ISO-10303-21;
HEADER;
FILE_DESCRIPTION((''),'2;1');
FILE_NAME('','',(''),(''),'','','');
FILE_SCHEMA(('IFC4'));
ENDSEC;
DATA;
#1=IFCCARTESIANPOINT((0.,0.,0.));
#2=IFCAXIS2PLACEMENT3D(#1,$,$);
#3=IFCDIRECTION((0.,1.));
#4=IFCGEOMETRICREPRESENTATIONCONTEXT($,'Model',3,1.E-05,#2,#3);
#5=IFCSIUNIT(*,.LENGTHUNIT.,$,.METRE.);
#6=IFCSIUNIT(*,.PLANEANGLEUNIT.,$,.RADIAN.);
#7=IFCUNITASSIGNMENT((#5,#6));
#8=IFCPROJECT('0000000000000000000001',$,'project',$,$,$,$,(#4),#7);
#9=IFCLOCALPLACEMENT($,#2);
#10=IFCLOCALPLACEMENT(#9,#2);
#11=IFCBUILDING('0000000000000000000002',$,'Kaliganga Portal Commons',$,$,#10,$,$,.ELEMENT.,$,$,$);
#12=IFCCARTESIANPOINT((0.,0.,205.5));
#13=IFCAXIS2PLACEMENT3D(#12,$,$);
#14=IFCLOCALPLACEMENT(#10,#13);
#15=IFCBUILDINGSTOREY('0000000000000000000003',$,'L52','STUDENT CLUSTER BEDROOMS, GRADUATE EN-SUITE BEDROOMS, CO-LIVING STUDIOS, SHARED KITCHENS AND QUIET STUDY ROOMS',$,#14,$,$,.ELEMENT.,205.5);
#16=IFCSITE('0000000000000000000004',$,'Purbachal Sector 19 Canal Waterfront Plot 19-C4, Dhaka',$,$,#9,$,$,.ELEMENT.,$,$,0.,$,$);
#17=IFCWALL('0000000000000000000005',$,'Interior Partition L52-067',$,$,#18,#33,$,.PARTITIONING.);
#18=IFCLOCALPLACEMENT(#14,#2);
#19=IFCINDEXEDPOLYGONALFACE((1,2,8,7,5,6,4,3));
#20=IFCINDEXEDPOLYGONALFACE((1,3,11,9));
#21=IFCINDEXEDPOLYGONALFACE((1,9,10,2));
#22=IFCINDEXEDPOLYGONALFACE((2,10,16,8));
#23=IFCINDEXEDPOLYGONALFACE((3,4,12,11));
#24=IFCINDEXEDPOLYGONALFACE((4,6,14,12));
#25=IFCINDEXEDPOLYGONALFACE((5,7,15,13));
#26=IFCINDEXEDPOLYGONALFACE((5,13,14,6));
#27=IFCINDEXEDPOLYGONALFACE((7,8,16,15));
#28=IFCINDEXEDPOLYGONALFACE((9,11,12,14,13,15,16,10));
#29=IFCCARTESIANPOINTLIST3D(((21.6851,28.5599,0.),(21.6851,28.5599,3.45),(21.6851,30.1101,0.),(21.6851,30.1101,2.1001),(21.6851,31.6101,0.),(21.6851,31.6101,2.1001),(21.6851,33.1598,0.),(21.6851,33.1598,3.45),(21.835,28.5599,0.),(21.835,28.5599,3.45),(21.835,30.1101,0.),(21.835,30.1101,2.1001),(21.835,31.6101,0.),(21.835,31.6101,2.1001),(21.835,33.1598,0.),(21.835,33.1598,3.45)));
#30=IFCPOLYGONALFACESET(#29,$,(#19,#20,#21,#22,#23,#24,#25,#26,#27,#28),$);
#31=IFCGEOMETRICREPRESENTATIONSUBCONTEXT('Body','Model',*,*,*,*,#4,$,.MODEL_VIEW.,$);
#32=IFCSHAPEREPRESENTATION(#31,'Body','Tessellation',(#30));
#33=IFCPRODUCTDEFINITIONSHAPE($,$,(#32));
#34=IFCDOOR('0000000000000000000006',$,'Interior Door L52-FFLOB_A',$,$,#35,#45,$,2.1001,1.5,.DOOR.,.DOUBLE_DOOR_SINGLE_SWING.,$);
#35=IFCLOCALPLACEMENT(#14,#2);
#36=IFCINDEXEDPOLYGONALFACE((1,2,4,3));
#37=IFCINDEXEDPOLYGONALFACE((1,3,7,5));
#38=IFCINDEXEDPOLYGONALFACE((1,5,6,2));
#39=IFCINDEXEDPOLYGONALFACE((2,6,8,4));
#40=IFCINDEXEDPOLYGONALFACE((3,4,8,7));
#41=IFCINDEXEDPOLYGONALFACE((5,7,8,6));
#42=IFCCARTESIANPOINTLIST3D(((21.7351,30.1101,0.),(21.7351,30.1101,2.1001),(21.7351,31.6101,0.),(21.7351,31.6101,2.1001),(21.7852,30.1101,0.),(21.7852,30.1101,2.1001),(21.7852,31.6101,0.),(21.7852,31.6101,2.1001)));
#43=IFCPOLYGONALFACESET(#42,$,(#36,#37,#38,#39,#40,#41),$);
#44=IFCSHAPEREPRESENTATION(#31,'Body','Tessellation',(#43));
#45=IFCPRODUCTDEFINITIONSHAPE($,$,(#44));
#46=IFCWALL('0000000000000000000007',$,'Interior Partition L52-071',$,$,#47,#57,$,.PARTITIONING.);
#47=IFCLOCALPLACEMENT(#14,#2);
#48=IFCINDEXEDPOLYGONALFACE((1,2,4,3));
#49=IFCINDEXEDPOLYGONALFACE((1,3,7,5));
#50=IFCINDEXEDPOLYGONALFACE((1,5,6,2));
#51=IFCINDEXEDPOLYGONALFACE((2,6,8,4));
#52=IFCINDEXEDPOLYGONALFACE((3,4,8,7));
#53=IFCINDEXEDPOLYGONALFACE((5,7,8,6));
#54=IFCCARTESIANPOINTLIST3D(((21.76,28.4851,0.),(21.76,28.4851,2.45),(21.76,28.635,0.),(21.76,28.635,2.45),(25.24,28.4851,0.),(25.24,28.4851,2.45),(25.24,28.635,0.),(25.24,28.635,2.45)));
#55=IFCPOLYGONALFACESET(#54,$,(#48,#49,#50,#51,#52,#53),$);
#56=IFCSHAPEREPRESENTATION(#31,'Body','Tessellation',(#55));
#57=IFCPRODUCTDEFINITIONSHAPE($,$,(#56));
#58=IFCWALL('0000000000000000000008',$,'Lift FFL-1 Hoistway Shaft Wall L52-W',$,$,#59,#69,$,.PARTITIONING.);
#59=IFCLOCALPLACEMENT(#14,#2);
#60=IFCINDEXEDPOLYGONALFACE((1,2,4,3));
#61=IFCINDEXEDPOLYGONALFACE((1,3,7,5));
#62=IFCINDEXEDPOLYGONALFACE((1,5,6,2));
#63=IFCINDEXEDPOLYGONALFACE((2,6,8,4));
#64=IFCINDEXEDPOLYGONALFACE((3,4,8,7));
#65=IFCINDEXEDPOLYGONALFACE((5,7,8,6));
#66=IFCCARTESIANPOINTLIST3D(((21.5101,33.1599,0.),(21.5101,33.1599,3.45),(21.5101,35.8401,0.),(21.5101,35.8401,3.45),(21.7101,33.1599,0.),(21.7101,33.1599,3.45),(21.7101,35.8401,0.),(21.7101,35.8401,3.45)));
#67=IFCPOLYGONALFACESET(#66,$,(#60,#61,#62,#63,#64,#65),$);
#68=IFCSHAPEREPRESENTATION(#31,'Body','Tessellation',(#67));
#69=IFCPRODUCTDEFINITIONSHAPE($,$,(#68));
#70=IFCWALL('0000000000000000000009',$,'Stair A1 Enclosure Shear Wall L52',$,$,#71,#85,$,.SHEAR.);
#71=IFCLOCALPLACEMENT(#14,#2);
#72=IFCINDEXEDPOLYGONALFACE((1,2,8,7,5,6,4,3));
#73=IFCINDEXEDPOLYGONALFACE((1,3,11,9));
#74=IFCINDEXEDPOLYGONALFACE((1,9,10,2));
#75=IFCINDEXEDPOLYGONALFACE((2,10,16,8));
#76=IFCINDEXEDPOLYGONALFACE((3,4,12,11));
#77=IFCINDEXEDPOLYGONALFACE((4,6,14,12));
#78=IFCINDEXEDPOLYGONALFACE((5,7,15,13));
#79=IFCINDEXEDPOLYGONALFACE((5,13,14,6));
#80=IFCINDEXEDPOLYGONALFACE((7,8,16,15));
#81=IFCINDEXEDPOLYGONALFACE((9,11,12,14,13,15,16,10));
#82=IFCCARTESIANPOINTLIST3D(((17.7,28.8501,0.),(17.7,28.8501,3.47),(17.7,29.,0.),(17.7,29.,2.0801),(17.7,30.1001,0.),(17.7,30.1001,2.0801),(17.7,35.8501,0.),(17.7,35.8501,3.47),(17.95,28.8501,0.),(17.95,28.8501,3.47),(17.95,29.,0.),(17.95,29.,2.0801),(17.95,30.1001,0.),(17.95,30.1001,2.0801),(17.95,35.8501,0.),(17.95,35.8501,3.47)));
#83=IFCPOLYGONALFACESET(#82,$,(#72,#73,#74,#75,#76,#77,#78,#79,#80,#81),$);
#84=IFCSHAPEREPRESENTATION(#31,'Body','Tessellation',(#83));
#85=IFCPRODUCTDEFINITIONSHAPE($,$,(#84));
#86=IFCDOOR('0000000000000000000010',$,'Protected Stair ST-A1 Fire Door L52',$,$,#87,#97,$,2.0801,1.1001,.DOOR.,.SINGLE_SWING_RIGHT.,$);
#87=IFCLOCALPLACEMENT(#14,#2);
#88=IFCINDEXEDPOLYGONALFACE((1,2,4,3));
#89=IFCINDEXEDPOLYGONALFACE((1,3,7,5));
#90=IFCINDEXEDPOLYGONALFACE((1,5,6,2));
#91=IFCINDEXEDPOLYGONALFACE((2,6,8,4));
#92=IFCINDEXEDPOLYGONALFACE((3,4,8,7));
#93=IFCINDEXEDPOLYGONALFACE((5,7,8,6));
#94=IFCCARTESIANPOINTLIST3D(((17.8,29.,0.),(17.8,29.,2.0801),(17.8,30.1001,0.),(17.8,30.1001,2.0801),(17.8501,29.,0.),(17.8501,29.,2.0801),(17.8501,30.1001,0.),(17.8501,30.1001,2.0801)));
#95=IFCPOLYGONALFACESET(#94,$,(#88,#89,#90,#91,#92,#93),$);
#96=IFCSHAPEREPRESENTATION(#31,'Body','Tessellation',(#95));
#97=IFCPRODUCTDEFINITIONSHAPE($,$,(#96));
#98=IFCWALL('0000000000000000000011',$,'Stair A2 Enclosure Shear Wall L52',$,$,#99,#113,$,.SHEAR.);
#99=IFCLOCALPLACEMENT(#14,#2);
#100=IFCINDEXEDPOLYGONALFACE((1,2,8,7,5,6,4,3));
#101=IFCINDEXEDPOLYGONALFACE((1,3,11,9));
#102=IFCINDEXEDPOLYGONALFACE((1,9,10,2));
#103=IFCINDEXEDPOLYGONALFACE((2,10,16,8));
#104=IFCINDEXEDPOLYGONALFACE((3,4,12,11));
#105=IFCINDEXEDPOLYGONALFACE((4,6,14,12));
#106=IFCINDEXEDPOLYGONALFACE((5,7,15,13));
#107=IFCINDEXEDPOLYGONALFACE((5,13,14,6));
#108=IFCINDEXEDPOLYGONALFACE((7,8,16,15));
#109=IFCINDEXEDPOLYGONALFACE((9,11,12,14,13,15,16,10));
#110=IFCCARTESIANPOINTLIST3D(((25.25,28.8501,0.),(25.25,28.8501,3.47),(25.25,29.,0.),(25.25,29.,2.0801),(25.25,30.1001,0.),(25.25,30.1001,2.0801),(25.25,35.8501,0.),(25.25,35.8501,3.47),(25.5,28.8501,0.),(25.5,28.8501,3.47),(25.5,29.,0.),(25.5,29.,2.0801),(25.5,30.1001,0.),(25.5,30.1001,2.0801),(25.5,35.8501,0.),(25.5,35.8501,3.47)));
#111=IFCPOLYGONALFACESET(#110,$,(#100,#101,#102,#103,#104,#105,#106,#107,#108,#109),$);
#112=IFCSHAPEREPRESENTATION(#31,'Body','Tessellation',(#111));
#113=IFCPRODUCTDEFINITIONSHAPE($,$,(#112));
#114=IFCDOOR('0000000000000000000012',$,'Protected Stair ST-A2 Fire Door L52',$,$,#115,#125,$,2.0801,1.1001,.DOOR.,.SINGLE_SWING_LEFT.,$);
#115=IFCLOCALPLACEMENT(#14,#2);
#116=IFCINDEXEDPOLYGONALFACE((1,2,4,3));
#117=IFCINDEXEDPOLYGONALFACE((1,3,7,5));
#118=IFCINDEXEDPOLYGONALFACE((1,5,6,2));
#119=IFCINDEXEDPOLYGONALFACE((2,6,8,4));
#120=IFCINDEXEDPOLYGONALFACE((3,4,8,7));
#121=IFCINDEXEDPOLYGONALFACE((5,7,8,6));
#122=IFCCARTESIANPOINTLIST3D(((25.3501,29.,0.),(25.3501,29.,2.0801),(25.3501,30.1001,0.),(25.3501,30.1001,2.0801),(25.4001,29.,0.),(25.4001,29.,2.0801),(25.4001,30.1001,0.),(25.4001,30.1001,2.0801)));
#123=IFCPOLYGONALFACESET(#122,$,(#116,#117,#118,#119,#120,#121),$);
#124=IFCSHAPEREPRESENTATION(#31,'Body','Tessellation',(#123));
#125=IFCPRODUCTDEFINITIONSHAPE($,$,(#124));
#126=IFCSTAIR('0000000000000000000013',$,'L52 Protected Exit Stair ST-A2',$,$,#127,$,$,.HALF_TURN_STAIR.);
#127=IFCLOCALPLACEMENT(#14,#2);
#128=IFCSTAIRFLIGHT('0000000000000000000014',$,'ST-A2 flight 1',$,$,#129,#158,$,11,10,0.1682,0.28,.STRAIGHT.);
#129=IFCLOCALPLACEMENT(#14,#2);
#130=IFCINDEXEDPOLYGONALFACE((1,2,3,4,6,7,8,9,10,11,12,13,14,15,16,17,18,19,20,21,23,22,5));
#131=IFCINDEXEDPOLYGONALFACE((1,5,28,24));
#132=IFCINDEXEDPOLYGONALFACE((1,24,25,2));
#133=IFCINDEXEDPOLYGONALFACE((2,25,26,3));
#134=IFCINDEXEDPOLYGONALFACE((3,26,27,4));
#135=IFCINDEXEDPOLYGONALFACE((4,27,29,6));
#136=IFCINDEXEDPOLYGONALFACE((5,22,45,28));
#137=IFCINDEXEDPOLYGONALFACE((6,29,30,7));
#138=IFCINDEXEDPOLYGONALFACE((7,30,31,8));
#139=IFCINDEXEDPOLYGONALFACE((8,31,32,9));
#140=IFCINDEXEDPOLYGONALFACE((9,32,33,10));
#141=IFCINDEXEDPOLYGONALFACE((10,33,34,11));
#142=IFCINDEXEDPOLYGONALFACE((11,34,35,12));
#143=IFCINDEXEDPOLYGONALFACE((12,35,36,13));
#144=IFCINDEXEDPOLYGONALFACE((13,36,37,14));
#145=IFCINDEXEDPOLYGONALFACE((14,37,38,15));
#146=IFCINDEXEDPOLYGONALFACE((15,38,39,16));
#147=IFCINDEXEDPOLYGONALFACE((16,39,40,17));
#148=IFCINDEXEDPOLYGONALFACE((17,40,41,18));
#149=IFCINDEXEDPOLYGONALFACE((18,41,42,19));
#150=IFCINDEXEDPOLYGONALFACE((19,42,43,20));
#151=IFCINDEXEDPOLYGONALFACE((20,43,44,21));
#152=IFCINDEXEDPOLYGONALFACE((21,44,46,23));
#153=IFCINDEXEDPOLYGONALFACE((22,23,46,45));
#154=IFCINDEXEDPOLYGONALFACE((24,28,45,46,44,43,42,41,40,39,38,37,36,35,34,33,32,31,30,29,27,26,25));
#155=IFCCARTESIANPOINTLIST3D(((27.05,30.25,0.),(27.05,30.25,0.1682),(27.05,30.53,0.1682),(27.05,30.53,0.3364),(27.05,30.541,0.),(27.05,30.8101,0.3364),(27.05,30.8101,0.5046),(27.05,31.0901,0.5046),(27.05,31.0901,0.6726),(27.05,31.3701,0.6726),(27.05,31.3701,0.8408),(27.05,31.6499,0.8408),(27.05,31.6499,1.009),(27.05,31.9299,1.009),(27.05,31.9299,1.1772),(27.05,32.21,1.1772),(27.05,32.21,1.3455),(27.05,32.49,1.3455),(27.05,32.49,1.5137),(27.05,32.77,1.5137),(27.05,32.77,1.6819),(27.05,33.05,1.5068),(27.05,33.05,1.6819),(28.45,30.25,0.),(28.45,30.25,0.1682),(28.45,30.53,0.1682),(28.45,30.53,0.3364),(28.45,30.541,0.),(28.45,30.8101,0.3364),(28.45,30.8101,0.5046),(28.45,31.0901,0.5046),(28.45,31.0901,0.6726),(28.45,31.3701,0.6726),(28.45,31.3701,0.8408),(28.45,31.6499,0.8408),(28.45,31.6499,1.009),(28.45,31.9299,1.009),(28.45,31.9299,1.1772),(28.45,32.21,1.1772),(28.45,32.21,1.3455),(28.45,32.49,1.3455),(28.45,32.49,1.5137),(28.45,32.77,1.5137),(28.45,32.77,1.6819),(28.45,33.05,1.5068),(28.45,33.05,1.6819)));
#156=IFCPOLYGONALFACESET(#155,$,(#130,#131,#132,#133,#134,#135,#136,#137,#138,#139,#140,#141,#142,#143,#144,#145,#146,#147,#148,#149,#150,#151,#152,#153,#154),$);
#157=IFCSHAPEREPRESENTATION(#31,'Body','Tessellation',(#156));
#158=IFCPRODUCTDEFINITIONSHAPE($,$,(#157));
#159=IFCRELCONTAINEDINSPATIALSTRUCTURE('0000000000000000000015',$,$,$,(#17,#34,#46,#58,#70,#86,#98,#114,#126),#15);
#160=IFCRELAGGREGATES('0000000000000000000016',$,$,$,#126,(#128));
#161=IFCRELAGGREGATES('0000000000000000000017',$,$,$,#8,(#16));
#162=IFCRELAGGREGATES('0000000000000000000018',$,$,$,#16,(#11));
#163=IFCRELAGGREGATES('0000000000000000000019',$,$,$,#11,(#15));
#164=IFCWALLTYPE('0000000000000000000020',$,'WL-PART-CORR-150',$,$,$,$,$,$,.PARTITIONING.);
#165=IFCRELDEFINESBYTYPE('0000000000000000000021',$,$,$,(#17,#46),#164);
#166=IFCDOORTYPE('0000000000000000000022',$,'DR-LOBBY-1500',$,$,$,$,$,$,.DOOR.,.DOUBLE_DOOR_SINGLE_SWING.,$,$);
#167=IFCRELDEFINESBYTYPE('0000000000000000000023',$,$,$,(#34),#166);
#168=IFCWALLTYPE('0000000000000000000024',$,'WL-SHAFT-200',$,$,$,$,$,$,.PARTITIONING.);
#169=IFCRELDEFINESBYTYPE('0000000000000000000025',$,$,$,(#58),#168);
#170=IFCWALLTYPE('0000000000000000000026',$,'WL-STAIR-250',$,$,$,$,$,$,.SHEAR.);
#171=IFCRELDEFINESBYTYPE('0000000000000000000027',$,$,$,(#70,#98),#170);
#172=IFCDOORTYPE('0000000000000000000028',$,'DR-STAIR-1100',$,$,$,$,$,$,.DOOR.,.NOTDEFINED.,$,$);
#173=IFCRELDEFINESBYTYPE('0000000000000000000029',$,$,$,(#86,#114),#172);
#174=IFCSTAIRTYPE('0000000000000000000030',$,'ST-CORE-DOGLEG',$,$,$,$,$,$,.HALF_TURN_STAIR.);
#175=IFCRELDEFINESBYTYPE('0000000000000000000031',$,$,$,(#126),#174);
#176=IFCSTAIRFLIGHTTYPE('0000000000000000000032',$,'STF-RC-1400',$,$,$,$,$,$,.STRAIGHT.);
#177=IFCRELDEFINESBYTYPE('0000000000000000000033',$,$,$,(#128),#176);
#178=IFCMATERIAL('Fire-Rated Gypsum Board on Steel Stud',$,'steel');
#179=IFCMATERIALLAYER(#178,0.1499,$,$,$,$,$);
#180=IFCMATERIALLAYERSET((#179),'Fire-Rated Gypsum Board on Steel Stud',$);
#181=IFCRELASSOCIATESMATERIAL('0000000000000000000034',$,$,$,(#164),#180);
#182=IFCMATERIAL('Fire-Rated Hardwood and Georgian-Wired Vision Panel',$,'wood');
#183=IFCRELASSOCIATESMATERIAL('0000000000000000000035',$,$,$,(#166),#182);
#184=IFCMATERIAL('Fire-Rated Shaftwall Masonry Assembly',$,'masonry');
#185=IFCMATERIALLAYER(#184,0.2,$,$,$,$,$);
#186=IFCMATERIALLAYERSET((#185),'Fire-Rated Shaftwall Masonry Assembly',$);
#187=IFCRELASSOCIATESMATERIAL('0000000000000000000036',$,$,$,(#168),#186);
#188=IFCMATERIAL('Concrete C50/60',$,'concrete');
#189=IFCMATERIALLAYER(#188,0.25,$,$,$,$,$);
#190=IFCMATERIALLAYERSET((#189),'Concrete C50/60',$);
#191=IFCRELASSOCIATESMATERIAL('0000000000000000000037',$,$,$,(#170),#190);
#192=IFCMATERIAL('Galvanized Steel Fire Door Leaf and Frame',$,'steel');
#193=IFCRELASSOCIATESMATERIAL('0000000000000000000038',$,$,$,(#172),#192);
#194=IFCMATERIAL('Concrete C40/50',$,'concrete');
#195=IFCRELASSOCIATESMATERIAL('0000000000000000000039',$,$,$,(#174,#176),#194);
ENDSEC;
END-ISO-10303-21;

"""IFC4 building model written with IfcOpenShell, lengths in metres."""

from ifc_helpers import new_model, si_unit, direction, frame, frame_2d, origin, place, context, subcontext, project, spatial, polyline, rectangle, outline, extrude, material, layer, layer_set, type_object, element, fill, aggregate, save


model = new_model("IFC4")

# Units and contexts
model_context = context("Model", 3, precision=1e-05, world=origin(), true_north=direction((0.0, 1.0)))
body_context = subcontext(model_context, "Body", "Model", "MODEL_VIEW")
ifc_project = project(units=[si_unit("LENGTHUNIT", "METRE"), si_unit("PLANEANGLEUNIT", "RADIAN")], contexts=[model_context])

# Site, building, storey
site_placement = place(None, origin())
site = spatial("IfcSite", under=ifc_project, at=site_placement, Name="Purbachal Sector 19 Canal Waterfront Plot 19-C4, Dhaka", CompositionType="ELEMENT", RefElevation=0.0)
building_placement = place(site_placement, origin())
building = spatial("IfcBuilding", under=site, at=building_placement, Name="Kaliganga Portal Commons", CompositionType="ELEMENT")
storey_placement = place(building_placement, frame((0.0, 0.0, 205.5)))
storey = spatial("IfcBuildingStorey", under=building, at=storey_placement, Name="L52", Description="STUDENT CLUSTER BEDROOMS, GRADUATE EN-SUITE BEDROOMS, CO-LIVING STUDIOS, SHARED KITCHENS AND QUIET STUDY ROOMS", CompositionType="ELEMENT", Elevation=205.5)

# Shared definitions
ifc_material_1 = material(Name="Concrete C50/60", Category="concrete")

# Shared definitions
ifc_material_2 = material(Name="Fire-Rated Gypsum Board on Steel Stud", Category="steel")
ifc_layer_1 = layer(ifc_material_2, 0.1499)
ifc_layer_set_1 = layer_set([ifc_layer_1], Name="Fire-Rated Gypsum Board on Steel Stud")
wall_type_1 = type_object("IfcWallType", Name="WL-PART-CORR-150", PredefinedType="PARTITIONING", material=ifc_layer_set_1)

# Wall, opening, door
wall_1_placement = place(storey_placement, frame((21.76, 28.5601, 0.0), z_axis=(0.0, 0.0, 1.0), x_axis=(0.0, 1.0, 0.0)))
wall_1 = element("IfcWall", 1, at=wall_1_placement, inside=storey, type_object=wall_type_1, Name="Interior Partition L52-067", PredefinedType="PARTITIONING", context=body_context, shape_type="SweptSolid", body=[
    extrude(rectangle(XDim=4.5999, YDim=0.1499, at=frame_2d((2.2998, 0.0))), origin(), (0.0, 0.0, 1.0), 3.45),
])
opening_1_placement = place(wall_1_placement, frame((1.55, 0.0, 0.0)))
opening_1 = element("IfcOpeningElement", 2, at=opening_1_placement, cuts=wall_1, PredefinedType="OPENING", context=body_context, shape_type="SweptSolid", body=[
    extrude(rectangle(XDim=1.5, YDim=2.1001, at=frame_2d((0.75, 1.05))), frame((0.0, 0.085, 0.0), z_axis=(0.0, -1.0, 0.0), x_axis=(1.0, 0.0, 0.0)), (0.0, 0.0, 1.0), 0.1699),
])
ifc_material_3 = material(Name="Fire-Rated Hardwood and Georgian-Wired Vision Panel", Category="wood")
door_type_1 = type_object("IfcDoorType", Name="DR-LOBBY-1500", OperationType="DOUBLE_DOOR_SINGLE_SWING", PredefinedType="DOOR", material=ifc_material_3)
door_1_placement = place(opening_1_placement, origin())
door_1 = element("IfcDoor", 3, at=door_1_placement, inside=storey, type_object=door_type_1, Name="Interior Door L52-FFLOB_A", OperationType="DOUBLE_DOOR_SINGLE_SWING", OverallHeight=2.1001, OverallWidth=1.5, PredefinedType="DOOR", context=body_context, shape_type="SweptSolid", body=[
    extrude(rectangle(XDim=1.5, YDim=2.1001, at=frame_2d((0.75, 1.05))), frame((0.0, 0.0249, 0.0), z_axis=(0.0, -1.0, 0.0), x_axis=(1.0, 0.0, 0.0)), (0.0, 0.0, 1.0), 0.05),
])
fill(opening_1, door_1)

# Walls
wall_2_placement = place(storey_placement, frame((21.76, 28.5601, 0.0), z_axis=(0.0, 0.0, 1.0), x_axis=(1.0, 0.0, 0.0)))
element("IfcWall", 4, at=wall_2_placement, inside=storey, type_object=wall_type_1, Name="Interior Partition L52-071", PredefinedType="PARTITIONING", context=body_context, shape_type="SweptSolid", body=[
    extrude(rectangle(XDim=3.48, YDim=0.1499, at=frame_2d((1.74, 0.0))), origin(), (0.0, 0.0, 1.0), 2.45),
])
ifc_material_4 = material(Name="Fire-Rated Shaftwall Masonry Assembly", Category="masonry")
ifc_layer_2 = layer(ifc_material_4, 0.2)
ifc_layer_set_2 = layer_set([ifc_layer_2], Name="Fire-Rated Shaftwall Masonry Assembly")
wall_type_2 = type_object("IfcWallType", Name="WL-SHAFT-200", PredefinedType="PARTITIONING", material=ifc_layer_set_2)
wall_3_placement = place(storey_placement, frame((21.6101, 33.1599, 0.0), z_axis=(0.0, 0.0, 1.0), x_axis=(0.0, 1.0, 0.0)))
element("IfcWall", 5, at=wall_3_placement, inside=storey, type_object=wall_type_2, Name="Lift FFL-1 Hoistway Shaft Wall L52-W", PredefinedType="PARTITIONING", context=body_context, shape_type="SweptSolid", body=[
    extrude(rectangle(XDim=2.6802, YDim=0.2, at=frame_2d((1.3401, 0.0))), origin(), (0.0, 0.0, 1.0), 3.45),
])

# Walls, openings, doors
ifc_layer_3 = layer(ifc_material_1, 0.25)
ifc_layer_set_3 = layer_set([ifc_layer_3], Name="Concrete C50/60")
wall_type_3 = type_object("IfcWallType", Name="WL-STAIR-250", PredefinedType="SHEAR", material=ifc_layer_set_3)
wall_4_placement = place(storey_placement, frame((17.825, 28.8501, 0.0), z_axis=(0.0, 0.0, 1.0), x_axis=(0.0, 1.0, 0.0)))
wall_4 = element("IfcWall", 6, at=wall_4_placement, inside=storey, type_object=wall_type_3, Name="Stair A1 Enclosure Shear Wall L52", PredefinedType="SHEAR", context=body_context, shape_type="SweptSolid", body=[
    extrude(rectangle(XDim=7.0, YDim=0.25, at=frame_2d((3.5, 0.0))), origin(), (0.0, 0.0, 1.0), 3.47),
])
opening_2_placement = place(wall_4_placement, frame((0.1499, 0.0, 0.0)))
opening_2 = element("IfcOpeningElement", 7, at=opening_2_placement, cuts=wall_4, PredefinedType="OPENING", context=body_context, shape_type="SweptSolid", body=[
    extrude(rectangle(XDim=1.1001, YDim=2.0801, at=frame_2d((0.55, 1.04))), frame((0.0, 0.135, 0.0), z_axis=(0.0, -1.0, 0.0), x_axis=(1.0, 0.0, 0.0)), (0.0, 0.0, 1.0), 0.27),
])
ifc_material_5 = material(Name="Galvanized Steel Fire Door Leaf and Frame", Category="steel")
door_type_2 = type_object("IfcDoorType", Name="DR-STAIR-1100", OperationType="NOTDEFINED", PredefinedType="DOOR", material=ifc_material_5)
door_2_placement = place(opening_2_placement, origin())
door_2 = element("IfcDoor", 8, at=door_2_placement, inside=storey, type_object=door_type_2, Name="Protected Stair ST-A1 Fire Door L52", OperationType="SINGLE_SWING_RIGHT", OverallHeight=2.0801, OverallWidth=1.1001, PredefinedType="DOOR", context=body_context, shape_type="SweptSolid", body=[
    extrude(rectangle(XDim=1.1001, YDim=2.0801, at=frame_2d((0.55, 1.04))), frame((0.0, 0.0249, 0.0), z_axis=(0.0, -1.0, 0.0), x_axis=(1.0, 0.0, 0.0)), (0.0, 0.0, 1.0), 0.05),
])
fill(opening_2, door_2)
wall_5_placement = place(storey_placement, frame((25.375, 28.8501, 0.0), z_axis=(0.0, 0.0, 1.0), x_axis=(0.0, 1.0, 0.0)))
wall_5 = element("IfcWall", 9, at=wall_5_placement, inside=storey, type_object=wall_type_3, Name="Stair A2 Enclosure Shear Wall L52", PredefinedType="SHEAR", context=body_context, shape_type="SweptSolid", body=[
    extrude(rectangle(XDim=7.0, YDim=0.25, at=frame_2d((3.5, 0.0))), origin(), (0.0, 0.0, 1.0), 3.47),
])
opening_3_placement = place(wall_5_placement, frame((0.1499, 0.0, 0.0)))
opening_3 = element("IfcOpeningElement", 10, at=opening_3_placement, cuts=wall_5, PredefinedType="OPENING", context=body_context, shape_type="SweptSolid", body=[
    extrude(rectangle(XDim=1.1001, YDim=2.0801, at=frame_2d((0.55, 1.04))), frame((0.0, 0.135, 0.0), z_axis=(0.0, -1.0, 0.0), x_axis=(1.0, 0.0, 0.0)), (0.0, 0.0, 1.0), 0.27),
])
door_3_placement = place(opening_3_placement, origin())
door_3 = element("IfcDoor", 11, at=door_3_placement, inside=storey, type_object=door_type_2, Name="Protected Stair ST-A2 Fire Door L52", OperationType="SINGLE_SWING_LEFT", OverallHeight=2.0801, OverallWidth=1.1001, PredefinedType="DOOR", context=body_context, shape_type="SweptSolid", body=[
    extrude(rectangle(XDim=1.1001, YDim=2.0801, at=frame_2d((0.55, 1.04))), frame((0.0, 0.0249, 0.0), z_axis=(0.0, -1.0, 0.0), x_axis=(1.0, 0.0, 0.0)), (0.0, 0.0, 1.0), 0.05),
])
fill(opening_3, door_3)

# Stair, stair flight
ifc_material_6 = material(Name="Concrete C40/50", Category="concrete")
stair_type = type_object("IfcStairType", Name="ST-CORE-DOGLEG", PredefinedType="HALF_TURN_STAIR", material=ifc_material_6)
stair_placement = place(storey_placement, origin())
stair = element("IfcStair", 12, at=stair_placement, inside=storey, type_object=stair_type, Name="L52 Protected Exit Stair ST-A2", PredefinedType="HALF_TURN_STAIR")
stair_flight_type = type_object("IfcStairFlightType", Name="STF-RC-1400", PredefinedType="STRAIGHT", material=ifc_material_6)
stair_flight_1_placement = place(storey_placement, frame((27.75, 30.25, 0.0), z_axis=(0.0, 0.0, 1.0), x_axis=(0.0, 1.0, 0.0)))
stair_flight_1 = element("IfcStairFlight", 13, at=stair_flight_1_placement, type_object=stair_flight_type, Name="ST-A2 flight 1", NumberOfRisers=11, NumberOfTreads=10, PredefinedType="STRAIGHT", RiserHeight=0.1682, TreadLength=0.28, context=body_context, shape_type="SweptSolid", body=[
    extrude(outline(polyline([(0.0, 0.0), (0.0, 0.1682), (0.28, 0.1682), (0.28, 0.3364), (0.5601, 0.3364), (0.5601, 0.5046), (0.8401, 0.5046), (0.8401, 0.6726), (1.1201, 0.6726), (1.1201, 0.8408), (1.3999, 0.8408), (1.3999, 1.009), (1.6799, 1.009), (1.6799, 1.1772), (1.96, 1.1772), (1.96, 1.3455), (2.24, 1.3455), (2.24, 1.5137), (2.52, 1.5137), (2.52, 1.6819), (2.8, 1.6819), (2.8, 1.8501), (2.8, 1.5068), (0.291, 0.0), (0.0, 0.0)])), frame((0.0, 0.7, 0.0), z_axis=(0.0, -1.0, 0.0), x_axis=(1.0, 0.0, 0.0)), (0.0, 0.0, 1.0), 1.3999),
])
aggregate(stair, [stair_flight_1])

save(model, "model.ifc")
